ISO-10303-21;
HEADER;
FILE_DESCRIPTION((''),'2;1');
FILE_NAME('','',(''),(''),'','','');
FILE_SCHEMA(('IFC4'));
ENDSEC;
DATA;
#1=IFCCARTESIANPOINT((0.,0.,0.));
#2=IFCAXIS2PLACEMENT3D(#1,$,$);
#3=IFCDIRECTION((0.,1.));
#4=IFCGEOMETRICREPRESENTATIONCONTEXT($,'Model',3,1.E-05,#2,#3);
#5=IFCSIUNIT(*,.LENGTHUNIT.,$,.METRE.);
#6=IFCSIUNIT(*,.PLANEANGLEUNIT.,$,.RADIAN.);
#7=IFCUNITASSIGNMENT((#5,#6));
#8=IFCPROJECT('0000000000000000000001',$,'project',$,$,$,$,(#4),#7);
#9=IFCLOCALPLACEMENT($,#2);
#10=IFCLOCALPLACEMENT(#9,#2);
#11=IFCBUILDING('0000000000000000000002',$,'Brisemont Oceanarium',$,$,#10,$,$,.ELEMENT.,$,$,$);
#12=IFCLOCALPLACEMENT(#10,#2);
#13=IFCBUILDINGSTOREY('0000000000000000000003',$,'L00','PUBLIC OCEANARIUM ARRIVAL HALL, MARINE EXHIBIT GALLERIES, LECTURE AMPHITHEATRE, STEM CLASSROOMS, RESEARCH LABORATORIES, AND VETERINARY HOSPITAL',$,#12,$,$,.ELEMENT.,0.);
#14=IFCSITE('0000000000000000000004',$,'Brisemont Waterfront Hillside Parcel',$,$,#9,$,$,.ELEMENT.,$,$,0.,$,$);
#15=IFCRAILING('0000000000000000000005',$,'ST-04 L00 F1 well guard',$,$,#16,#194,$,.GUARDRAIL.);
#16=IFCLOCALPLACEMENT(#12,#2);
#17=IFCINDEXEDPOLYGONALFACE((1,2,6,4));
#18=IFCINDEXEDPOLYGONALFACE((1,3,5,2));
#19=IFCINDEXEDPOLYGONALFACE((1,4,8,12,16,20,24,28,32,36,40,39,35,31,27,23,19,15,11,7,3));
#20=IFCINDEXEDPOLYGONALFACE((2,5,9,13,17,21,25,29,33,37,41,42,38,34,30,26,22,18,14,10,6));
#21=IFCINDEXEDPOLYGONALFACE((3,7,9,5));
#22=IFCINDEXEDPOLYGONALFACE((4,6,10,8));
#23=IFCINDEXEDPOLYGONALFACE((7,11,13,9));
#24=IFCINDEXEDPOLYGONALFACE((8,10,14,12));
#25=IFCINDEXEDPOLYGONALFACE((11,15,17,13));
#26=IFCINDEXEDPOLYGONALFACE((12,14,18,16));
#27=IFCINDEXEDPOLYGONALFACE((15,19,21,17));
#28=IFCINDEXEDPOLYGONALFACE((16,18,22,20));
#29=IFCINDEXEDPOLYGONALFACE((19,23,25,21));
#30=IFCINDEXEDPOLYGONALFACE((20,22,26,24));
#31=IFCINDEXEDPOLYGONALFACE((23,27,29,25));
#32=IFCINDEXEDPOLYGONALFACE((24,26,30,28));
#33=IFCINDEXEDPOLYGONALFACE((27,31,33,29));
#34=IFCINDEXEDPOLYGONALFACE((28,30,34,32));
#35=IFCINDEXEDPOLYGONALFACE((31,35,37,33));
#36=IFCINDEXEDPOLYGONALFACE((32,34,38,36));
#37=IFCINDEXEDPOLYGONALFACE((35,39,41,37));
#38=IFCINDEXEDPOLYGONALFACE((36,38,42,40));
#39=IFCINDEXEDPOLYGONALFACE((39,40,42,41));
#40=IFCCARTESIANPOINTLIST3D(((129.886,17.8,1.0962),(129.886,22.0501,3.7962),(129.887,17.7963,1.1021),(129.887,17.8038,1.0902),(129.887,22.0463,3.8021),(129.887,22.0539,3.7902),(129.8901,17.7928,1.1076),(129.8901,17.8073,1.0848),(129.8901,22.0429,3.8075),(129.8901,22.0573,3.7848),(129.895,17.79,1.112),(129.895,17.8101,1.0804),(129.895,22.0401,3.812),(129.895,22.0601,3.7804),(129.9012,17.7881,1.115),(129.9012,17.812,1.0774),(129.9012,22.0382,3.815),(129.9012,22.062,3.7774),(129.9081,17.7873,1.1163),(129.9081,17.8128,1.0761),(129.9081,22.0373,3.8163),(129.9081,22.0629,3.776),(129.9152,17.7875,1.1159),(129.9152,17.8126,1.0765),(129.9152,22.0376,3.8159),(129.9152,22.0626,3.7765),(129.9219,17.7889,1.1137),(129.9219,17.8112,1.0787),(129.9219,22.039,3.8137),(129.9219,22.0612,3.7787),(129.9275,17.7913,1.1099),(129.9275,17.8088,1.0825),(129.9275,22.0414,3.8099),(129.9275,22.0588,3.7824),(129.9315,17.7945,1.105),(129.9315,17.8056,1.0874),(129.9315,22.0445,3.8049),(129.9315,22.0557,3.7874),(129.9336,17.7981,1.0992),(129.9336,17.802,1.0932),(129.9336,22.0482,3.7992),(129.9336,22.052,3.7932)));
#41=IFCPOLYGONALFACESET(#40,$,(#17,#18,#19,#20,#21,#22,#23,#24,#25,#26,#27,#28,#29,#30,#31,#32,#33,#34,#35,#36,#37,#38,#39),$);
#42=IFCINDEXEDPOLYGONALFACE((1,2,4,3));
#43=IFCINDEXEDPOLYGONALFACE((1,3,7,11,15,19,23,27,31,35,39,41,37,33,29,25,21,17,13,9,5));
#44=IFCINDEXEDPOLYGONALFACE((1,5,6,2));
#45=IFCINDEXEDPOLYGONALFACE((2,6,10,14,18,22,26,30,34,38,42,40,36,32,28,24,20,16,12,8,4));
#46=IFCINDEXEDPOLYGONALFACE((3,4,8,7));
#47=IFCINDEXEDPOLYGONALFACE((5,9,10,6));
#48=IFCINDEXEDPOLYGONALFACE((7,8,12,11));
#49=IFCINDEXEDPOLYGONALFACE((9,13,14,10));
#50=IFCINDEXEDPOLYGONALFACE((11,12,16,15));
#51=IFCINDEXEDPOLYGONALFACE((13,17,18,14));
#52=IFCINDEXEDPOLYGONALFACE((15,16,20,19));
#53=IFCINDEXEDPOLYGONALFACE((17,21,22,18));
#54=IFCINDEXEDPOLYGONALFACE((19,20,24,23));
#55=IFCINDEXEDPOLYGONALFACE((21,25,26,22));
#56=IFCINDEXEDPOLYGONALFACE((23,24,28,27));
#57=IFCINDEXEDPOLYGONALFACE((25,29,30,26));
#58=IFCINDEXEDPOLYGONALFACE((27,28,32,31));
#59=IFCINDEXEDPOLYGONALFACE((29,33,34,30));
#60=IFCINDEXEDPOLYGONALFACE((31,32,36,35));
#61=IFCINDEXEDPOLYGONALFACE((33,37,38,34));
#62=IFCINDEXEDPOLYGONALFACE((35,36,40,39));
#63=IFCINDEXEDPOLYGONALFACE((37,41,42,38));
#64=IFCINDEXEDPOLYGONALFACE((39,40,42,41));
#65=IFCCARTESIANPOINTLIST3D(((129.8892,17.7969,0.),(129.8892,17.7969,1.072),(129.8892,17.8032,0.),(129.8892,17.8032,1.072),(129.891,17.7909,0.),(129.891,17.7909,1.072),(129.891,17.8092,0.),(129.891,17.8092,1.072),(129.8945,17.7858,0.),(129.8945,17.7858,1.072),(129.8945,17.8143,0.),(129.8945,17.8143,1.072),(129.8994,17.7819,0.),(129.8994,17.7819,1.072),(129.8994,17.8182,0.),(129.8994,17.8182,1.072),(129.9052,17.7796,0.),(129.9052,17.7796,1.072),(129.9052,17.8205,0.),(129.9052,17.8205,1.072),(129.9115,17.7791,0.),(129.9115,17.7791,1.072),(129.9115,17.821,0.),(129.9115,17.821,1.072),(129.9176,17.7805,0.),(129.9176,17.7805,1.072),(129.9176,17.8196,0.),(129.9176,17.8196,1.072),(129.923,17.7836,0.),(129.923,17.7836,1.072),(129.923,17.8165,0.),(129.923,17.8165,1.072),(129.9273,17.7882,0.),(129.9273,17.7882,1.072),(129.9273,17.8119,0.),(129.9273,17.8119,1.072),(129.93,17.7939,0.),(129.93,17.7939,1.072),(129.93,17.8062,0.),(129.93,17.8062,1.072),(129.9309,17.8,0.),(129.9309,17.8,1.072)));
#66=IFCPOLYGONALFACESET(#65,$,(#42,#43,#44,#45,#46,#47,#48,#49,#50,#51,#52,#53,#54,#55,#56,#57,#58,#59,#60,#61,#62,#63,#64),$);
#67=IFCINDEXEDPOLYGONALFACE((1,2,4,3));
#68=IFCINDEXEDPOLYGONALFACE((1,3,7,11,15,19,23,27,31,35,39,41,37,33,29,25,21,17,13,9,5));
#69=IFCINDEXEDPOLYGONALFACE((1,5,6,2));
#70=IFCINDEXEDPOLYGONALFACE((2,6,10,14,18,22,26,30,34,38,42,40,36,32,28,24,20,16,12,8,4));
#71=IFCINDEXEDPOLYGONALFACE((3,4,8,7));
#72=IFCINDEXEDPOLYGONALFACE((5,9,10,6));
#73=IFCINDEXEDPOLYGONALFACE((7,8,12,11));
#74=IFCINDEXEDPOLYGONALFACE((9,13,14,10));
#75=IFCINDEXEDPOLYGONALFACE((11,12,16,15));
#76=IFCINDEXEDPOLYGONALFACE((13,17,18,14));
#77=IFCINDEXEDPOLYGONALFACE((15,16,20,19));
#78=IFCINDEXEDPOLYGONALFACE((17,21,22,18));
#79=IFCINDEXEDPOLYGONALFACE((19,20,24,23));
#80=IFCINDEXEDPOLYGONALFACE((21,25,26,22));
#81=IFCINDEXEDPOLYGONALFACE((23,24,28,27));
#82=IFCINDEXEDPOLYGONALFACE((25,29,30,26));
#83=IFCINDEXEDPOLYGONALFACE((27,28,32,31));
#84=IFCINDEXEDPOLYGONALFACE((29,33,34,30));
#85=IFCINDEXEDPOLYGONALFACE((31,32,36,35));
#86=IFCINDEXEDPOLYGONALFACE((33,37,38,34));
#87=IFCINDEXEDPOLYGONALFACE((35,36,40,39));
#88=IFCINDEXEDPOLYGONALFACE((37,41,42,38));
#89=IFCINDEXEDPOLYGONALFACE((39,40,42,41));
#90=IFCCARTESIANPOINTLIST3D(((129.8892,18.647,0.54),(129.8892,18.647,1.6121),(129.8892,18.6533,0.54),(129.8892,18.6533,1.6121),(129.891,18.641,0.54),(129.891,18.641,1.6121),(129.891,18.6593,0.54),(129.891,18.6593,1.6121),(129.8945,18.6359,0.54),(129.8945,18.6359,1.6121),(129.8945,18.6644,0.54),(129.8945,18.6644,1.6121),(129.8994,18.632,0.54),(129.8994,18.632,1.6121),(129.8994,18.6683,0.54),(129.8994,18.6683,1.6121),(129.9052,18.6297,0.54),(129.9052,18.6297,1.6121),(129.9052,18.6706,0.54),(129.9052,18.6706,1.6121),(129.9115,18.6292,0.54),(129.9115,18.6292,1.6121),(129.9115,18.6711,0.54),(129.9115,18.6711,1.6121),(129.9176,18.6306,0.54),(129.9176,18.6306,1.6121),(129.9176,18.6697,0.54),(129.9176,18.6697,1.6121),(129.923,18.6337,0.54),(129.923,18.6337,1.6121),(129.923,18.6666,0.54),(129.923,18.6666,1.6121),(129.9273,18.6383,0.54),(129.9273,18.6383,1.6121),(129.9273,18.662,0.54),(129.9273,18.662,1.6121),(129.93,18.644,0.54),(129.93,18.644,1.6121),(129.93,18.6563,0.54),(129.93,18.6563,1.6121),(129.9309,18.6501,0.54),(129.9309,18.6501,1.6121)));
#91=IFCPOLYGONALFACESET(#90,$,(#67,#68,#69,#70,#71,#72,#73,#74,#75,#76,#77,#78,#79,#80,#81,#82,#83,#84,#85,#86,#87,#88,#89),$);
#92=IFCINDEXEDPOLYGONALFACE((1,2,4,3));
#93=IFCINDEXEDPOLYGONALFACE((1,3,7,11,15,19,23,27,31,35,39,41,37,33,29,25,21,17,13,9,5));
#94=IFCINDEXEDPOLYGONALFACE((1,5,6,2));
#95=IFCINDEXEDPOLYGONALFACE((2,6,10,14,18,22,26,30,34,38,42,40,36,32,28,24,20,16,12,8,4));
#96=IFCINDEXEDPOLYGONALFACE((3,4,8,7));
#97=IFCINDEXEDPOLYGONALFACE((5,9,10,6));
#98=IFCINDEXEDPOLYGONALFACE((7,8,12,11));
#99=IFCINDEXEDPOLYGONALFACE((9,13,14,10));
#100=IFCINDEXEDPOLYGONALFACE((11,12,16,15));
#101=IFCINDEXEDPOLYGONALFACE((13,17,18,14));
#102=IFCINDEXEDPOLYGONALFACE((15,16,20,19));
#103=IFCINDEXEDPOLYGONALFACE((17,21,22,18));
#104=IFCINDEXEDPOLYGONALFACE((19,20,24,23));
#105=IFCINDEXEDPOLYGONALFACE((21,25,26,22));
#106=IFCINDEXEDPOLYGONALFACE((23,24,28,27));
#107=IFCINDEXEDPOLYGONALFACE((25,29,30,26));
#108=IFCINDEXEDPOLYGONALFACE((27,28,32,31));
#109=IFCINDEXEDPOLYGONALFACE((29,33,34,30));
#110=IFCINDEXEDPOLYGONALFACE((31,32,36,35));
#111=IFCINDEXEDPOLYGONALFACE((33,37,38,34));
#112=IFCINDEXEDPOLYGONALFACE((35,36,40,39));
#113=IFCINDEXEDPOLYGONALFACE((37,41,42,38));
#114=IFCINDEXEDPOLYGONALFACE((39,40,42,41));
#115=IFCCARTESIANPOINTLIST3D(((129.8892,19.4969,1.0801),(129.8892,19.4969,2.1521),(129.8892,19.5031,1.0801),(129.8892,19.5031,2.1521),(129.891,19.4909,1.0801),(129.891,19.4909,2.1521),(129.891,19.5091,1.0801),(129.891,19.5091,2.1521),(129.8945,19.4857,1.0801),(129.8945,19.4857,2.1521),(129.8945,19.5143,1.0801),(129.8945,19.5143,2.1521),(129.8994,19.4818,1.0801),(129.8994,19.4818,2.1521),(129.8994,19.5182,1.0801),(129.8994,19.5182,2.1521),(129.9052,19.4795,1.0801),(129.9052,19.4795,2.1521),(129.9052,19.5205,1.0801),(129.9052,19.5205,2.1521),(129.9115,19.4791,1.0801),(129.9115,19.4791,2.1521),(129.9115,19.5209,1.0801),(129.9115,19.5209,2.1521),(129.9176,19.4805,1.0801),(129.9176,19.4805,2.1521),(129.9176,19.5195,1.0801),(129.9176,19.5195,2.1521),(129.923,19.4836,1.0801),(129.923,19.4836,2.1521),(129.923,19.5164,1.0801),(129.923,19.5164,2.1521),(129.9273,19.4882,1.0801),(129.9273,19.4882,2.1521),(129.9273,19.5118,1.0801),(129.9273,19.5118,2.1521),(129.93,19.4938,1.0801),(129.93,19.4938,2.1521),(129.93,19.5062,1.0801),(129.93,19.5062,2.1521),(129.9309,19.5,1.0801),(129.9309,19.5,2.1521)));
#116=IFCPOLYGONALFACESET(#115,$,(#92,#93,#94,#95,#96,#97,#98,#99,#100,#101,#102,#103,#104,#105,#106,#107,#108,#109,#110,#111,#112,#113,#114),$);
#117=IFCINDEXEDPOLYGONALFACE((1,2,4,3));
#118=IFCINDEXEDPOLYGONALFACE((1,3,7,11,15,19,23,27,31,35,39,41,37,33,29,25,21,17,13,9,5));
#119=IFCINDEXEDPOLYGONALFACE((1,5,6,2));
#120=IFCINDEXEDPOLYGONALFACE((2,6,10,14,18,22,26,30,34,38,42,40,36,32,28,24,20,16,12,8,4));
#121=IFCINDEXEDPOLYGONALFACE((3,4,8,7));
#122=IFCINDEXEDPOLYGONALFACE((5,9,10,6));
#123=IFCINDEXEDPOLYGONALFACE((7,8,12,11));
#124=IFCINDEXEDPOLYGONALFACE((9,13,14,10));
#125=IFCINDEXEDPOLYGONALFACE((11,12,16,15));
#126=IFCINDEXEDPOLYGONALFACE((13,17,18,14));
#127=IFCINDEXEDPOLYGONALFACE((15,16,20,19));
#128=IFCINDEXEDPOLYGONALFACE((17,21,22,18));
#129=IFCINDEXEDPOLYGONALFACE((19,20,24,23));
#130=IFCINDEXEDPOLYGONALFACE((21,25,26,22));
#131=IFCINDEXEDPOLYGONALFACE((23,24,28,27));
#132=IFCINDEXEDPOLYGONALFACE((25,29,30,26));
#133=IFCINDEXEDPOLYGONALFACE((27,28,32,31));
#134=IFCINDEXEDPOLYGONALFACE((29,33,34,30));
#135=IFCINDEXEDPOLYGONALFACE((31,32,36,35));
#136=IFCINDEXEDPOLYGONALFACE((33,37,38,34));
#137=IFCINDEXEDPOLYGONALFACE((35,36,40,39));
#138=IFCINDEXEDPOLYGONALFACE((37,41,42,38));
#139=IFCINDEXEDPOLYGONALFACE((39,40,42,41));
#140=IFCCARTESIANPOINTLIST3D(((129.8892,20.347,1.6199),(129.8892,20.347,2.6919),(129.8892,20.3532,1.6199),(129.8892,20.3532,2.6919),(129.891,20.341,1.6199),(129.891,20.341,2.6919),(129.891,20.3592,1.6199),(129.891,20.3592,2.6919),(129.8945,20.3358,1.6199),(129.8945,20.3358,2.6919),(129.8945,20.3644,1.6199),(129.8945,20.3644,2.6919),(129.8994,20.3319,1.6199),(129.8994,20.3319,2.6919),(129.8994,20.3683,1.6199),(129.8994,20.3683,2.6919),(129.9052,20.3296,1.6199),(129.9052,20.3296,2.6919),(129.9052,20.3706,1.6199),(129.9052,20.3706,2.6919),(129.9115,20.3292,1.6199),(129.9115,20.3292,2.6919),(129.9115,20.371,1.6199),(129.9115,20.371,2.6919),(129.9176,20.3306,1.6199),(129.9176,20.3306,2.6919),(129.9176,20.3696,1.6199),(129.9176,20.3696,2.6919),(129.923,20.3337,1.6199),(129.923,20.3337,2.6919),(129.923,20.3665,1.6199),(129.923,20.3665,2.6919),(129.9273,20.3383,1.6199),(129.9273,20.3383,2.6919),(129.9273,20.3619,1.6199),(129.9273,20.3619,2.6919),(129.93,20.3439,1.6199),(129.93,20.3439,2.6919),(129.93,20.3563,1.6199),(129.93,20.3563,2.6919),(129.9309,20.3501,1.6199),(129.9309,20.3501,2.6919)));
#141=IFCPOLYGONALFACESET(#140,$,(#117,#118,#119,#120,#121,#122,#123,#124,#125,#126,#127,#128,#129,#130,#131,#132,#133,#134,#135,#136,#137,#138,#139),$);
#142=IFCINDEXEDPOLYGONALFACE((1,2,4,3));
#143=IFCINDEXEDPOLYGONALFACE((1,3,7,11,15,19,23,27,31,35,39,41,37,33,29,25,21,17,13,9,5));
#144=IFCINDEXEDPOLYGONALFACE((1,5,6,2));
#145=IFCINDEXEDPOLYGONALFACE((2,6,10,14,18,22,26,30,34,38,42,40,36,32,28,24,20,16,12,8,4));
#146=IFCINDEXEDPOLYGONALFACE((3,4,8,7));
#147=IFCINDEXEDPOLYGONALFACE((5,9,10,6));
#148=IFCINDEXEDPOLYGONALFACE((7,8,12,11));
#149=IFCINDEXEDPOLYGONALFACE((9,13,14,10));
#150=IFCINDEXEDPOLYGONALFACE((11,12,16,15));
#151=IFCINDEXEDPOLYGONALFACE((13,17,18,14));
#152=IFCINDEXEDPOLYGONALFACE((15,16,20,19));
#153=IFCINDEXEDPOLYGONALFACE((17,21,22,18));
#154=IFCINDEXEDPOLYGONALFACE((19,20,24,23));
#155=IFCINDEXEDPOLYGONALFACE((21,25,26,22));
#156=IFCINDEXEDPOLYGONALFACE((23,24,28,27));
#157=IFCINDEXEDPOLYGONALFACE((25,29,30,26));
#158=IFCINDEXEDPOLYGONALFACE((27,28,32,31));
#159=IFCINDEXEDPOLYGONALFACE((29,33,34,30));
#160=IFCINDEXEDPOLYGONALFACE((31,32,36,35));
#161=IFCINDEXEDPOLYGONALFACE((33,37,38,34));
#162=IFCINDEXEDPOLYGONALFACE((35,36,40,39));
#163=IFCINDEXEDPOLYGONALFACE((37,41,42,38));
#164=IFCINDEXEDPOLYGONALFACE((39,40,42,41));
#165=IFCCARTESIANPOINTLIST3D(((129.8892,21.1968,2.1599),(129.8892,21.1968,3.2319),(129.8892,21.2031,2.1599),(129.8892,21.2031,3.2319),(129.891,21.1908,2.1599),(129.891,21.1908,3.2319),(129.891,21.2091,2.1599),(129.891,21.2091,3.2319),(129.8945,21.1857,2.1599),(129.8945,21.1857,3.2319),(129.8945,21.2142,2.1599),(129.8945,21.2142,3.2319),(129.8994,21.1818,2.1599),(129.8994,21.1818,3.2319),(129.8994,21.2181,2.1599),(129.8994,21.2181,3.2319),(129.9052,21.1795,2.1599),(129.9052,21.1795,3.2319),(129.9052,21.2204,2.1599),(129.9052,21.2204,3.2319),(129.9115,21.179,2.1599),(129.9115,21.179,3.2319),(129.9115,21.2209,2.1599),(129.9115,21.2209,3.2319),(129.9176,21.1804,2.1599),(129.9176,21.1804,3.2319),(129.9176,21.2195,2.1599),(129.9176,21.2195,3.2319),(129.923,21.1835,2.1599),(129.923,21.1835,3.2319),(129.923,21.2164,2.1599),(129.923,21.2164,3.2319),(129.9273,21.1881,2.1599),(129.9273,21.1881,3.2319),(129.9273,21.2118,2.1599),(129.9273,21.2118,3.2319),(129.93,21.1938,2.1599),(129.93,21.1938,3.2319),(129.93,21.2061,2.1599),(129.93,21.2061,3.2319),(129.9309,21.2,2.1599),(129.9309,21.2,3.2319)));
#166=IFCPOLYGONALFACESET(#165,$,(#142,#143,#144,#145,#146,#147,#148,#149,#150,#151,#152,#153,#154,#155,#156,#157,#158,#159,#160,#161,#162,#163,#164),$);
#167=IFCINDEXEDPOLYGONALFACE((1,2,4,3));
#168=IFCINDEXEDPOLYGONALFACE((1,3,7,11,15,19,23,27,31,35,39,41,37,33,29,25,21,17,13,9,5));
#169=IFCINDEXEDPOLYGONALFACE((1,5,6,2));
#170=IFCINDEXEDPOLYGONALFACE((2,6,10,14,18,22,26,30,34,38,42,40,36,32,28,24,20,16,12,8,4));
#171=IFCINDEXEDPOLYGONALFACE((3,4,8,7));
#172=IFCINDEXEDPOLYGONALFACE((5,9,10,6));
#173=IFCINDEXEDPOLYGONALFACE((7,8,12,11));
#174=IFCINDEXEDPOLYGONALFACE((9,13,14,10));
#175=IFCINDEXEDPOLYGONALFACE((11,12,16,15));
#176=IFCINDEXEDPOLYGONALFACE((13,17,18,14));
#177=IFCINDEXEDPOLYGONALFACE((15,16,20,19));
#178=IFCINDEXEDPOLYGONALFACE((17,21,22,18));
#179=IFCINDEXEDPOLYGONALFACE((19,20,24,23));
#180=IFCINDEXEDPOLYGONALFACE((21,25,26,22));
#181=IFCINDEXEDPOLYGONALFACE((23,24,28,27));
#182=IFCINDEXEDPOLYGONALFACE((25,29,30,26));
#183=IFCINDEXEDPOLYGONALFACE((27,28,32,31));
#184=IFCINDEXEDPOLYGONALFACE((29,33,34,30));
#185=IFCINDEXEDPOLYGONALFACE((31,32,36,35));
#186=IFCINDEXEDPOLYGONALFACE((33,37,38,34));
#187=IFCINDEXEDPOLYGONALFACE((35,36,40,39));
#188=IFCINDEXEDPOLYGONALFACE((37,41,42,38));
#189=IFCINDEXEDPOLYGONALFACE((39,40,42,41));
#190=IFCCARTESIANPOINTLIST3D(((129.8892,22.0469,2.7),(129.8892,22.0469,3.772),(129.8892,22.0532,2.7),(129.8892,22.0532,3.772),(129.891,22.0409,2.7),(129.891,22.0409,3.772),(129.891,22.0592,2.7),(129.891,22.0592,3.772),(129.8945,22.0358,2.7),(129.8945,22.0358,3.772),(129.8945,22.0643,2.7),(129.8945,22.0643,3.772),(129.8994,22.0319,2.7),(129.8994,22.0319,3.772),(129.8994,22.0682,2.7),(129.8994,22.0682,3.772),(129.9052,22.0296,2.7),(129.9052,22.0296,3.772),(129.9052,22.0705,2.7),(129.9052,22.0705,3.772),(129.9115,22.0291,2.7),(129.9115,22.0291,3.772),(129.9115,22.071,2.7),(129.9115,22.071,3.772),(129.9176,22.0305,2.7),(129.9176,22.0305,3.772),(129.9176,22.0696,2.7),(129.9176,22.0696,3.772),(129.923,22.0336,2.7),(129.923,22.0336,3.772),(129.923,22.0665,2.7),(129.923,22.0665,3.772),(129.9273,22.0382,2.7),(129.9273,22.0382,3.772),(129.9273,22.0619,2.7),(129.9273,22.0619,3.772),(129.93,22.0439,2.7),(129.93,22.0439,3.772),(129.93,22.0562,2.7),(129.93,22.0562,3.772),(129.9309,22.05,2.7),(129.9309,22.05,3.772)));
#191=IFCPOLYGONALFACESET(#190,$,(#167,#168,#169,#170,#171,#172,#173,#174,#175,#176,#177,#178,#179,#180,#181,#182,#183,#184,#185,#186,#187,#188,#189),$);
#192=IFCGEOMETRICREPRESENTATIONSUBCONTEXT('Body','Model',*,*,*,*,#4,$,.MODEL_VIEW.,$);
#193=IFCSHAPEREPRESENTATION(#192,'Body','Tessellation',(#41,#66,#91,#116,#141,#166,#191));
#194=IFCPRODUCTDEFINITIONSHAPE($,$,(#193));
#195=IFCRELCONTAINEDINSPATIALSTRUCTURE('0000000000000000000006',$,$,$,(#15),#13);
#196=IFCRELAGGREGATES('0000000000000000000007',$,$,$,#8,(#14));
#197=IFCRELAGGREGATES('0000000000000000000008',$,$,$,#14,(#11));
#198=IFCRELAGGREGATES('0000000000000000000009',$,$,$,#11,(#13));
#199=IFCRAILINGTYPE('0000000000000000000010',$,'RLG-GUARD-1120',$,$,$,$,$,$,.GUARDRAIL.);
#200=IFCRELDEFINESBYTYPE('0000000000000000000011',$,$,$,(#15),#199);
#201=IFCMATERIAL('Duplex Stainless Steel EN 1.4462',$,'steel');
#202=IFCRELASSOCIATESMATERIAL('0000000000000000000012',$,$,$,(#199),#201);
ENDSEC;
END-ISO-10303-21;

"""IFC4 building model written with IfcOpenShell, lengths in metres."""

from ifc_helpers import new_model, si_unit, direction, frame, origin, origin_2d, place, context, subcontext, project, spatial, circle, extrude, material, type_object, element, save


model = new_model("IFC4")

# Units and contexts
model_context = context("Model", 3, precision=1e-05, world=origin(), true_north=direction((0.0, 1.0)))
body_context = subcontext(model_context, "Body", "Model", "MODEL_VIEW")
ifc_project = project(units=[si_unit("LENGTHUNIT", "METRE"), si_unit("PLANEANGLEUNIT", "RADIAN")], contexts=[model_context])

# Site, building, storey
site_placement = place(None, origin())
site = spatial("IfcSite", under=ifc_project, at=site_placement, Name="Brisemont Waterfront Hillside Parcel", CompositionType="ELEMENT", RefElevation=0.0)
building_placement = place(site_placement, origin())
building = spatial("IfcBuilding", under=site, at=building_placement, Name="Brisemont Oceanarium", CompositionType="ELEMENT")
storey_placement = place(building_placement, origin())
storey = spatial("IfcBuildingStorey", under=building, at=storey_placement, Name="L00", Description="PUBLIC OCEANARIUM ARRIVAL HALL, MARINE EXHIBIT GALLERIES, LECTURE AMPHITHEATRE, STEM CLASSROOMS, RESEARCH LABORATORIES, AND VETERINARY HOSPITAL", CompositionType="ELEMENT", Elevation=0.0)

# Railing
ifc_material_1 = material(Name="Duplex Stainless Steel EN 1.4462", Category="steel")
railing_type_1 = type_object("IfcRailingType", Name="RLG-GUARD-1120", PredefinedType="GUARDRAIL", material=ifc_material_1)
railing_1_placement = place(storey_placement, frame((129.9099, 17.8, 0.0)))
element("IfcRailing", 1, at=railing_1_placement, inside=storey, type_object=railing_type_1, Name="ST-04 L00 F1 well guard", PredefinedType="GUARDRAIL", context=body_context, shape_type="SweptSolid", body=[
    extrude(circle(Radius=0.0239, at=origin_2d()), frame((0.0, 0.0, 1.0962), z_axis=(0.0, 0.844075, 0.536226), x_axis=(-1.0, 0.0, 0.0)), (0.0, 0.0, 1.0), 5.0352),
    extrude(circle(Radius=0.021, at=origin_2d()), origin(), (0.0, 0.0, 1.0), 1.072),
    extrude(circle(Radius=0.021, at=origin_2d()), frame((0.0, 0.8501, 0.54)), (0.0, 0.0, 1.0), 1.072),
    extrude(circle(Radius=0.021, at=origin_2d()), frame((0.0, 1.7, 1.0801)), (0.0, 0.0, 1.0), 1.072),
    extrude(circle(Radius=0.021, at=origin_2d()), frame((0.0, 2.55, 1.6199)), (0.0, 0.0, 1.0), 1.072),
    extrude(circle(Radius=0.021, at=origin_2d()), frame((0.0, 3.3999, 2.1599)), (0.0, 0.0, 1.0), 1.072),
    extrude(circle(Radius=0.021, at=origin_2d()), frame((0.0, 4.25, 2.7)), (0.0, 0.0, 1.0), 1.072),
])

save(model, "model.ifc")
